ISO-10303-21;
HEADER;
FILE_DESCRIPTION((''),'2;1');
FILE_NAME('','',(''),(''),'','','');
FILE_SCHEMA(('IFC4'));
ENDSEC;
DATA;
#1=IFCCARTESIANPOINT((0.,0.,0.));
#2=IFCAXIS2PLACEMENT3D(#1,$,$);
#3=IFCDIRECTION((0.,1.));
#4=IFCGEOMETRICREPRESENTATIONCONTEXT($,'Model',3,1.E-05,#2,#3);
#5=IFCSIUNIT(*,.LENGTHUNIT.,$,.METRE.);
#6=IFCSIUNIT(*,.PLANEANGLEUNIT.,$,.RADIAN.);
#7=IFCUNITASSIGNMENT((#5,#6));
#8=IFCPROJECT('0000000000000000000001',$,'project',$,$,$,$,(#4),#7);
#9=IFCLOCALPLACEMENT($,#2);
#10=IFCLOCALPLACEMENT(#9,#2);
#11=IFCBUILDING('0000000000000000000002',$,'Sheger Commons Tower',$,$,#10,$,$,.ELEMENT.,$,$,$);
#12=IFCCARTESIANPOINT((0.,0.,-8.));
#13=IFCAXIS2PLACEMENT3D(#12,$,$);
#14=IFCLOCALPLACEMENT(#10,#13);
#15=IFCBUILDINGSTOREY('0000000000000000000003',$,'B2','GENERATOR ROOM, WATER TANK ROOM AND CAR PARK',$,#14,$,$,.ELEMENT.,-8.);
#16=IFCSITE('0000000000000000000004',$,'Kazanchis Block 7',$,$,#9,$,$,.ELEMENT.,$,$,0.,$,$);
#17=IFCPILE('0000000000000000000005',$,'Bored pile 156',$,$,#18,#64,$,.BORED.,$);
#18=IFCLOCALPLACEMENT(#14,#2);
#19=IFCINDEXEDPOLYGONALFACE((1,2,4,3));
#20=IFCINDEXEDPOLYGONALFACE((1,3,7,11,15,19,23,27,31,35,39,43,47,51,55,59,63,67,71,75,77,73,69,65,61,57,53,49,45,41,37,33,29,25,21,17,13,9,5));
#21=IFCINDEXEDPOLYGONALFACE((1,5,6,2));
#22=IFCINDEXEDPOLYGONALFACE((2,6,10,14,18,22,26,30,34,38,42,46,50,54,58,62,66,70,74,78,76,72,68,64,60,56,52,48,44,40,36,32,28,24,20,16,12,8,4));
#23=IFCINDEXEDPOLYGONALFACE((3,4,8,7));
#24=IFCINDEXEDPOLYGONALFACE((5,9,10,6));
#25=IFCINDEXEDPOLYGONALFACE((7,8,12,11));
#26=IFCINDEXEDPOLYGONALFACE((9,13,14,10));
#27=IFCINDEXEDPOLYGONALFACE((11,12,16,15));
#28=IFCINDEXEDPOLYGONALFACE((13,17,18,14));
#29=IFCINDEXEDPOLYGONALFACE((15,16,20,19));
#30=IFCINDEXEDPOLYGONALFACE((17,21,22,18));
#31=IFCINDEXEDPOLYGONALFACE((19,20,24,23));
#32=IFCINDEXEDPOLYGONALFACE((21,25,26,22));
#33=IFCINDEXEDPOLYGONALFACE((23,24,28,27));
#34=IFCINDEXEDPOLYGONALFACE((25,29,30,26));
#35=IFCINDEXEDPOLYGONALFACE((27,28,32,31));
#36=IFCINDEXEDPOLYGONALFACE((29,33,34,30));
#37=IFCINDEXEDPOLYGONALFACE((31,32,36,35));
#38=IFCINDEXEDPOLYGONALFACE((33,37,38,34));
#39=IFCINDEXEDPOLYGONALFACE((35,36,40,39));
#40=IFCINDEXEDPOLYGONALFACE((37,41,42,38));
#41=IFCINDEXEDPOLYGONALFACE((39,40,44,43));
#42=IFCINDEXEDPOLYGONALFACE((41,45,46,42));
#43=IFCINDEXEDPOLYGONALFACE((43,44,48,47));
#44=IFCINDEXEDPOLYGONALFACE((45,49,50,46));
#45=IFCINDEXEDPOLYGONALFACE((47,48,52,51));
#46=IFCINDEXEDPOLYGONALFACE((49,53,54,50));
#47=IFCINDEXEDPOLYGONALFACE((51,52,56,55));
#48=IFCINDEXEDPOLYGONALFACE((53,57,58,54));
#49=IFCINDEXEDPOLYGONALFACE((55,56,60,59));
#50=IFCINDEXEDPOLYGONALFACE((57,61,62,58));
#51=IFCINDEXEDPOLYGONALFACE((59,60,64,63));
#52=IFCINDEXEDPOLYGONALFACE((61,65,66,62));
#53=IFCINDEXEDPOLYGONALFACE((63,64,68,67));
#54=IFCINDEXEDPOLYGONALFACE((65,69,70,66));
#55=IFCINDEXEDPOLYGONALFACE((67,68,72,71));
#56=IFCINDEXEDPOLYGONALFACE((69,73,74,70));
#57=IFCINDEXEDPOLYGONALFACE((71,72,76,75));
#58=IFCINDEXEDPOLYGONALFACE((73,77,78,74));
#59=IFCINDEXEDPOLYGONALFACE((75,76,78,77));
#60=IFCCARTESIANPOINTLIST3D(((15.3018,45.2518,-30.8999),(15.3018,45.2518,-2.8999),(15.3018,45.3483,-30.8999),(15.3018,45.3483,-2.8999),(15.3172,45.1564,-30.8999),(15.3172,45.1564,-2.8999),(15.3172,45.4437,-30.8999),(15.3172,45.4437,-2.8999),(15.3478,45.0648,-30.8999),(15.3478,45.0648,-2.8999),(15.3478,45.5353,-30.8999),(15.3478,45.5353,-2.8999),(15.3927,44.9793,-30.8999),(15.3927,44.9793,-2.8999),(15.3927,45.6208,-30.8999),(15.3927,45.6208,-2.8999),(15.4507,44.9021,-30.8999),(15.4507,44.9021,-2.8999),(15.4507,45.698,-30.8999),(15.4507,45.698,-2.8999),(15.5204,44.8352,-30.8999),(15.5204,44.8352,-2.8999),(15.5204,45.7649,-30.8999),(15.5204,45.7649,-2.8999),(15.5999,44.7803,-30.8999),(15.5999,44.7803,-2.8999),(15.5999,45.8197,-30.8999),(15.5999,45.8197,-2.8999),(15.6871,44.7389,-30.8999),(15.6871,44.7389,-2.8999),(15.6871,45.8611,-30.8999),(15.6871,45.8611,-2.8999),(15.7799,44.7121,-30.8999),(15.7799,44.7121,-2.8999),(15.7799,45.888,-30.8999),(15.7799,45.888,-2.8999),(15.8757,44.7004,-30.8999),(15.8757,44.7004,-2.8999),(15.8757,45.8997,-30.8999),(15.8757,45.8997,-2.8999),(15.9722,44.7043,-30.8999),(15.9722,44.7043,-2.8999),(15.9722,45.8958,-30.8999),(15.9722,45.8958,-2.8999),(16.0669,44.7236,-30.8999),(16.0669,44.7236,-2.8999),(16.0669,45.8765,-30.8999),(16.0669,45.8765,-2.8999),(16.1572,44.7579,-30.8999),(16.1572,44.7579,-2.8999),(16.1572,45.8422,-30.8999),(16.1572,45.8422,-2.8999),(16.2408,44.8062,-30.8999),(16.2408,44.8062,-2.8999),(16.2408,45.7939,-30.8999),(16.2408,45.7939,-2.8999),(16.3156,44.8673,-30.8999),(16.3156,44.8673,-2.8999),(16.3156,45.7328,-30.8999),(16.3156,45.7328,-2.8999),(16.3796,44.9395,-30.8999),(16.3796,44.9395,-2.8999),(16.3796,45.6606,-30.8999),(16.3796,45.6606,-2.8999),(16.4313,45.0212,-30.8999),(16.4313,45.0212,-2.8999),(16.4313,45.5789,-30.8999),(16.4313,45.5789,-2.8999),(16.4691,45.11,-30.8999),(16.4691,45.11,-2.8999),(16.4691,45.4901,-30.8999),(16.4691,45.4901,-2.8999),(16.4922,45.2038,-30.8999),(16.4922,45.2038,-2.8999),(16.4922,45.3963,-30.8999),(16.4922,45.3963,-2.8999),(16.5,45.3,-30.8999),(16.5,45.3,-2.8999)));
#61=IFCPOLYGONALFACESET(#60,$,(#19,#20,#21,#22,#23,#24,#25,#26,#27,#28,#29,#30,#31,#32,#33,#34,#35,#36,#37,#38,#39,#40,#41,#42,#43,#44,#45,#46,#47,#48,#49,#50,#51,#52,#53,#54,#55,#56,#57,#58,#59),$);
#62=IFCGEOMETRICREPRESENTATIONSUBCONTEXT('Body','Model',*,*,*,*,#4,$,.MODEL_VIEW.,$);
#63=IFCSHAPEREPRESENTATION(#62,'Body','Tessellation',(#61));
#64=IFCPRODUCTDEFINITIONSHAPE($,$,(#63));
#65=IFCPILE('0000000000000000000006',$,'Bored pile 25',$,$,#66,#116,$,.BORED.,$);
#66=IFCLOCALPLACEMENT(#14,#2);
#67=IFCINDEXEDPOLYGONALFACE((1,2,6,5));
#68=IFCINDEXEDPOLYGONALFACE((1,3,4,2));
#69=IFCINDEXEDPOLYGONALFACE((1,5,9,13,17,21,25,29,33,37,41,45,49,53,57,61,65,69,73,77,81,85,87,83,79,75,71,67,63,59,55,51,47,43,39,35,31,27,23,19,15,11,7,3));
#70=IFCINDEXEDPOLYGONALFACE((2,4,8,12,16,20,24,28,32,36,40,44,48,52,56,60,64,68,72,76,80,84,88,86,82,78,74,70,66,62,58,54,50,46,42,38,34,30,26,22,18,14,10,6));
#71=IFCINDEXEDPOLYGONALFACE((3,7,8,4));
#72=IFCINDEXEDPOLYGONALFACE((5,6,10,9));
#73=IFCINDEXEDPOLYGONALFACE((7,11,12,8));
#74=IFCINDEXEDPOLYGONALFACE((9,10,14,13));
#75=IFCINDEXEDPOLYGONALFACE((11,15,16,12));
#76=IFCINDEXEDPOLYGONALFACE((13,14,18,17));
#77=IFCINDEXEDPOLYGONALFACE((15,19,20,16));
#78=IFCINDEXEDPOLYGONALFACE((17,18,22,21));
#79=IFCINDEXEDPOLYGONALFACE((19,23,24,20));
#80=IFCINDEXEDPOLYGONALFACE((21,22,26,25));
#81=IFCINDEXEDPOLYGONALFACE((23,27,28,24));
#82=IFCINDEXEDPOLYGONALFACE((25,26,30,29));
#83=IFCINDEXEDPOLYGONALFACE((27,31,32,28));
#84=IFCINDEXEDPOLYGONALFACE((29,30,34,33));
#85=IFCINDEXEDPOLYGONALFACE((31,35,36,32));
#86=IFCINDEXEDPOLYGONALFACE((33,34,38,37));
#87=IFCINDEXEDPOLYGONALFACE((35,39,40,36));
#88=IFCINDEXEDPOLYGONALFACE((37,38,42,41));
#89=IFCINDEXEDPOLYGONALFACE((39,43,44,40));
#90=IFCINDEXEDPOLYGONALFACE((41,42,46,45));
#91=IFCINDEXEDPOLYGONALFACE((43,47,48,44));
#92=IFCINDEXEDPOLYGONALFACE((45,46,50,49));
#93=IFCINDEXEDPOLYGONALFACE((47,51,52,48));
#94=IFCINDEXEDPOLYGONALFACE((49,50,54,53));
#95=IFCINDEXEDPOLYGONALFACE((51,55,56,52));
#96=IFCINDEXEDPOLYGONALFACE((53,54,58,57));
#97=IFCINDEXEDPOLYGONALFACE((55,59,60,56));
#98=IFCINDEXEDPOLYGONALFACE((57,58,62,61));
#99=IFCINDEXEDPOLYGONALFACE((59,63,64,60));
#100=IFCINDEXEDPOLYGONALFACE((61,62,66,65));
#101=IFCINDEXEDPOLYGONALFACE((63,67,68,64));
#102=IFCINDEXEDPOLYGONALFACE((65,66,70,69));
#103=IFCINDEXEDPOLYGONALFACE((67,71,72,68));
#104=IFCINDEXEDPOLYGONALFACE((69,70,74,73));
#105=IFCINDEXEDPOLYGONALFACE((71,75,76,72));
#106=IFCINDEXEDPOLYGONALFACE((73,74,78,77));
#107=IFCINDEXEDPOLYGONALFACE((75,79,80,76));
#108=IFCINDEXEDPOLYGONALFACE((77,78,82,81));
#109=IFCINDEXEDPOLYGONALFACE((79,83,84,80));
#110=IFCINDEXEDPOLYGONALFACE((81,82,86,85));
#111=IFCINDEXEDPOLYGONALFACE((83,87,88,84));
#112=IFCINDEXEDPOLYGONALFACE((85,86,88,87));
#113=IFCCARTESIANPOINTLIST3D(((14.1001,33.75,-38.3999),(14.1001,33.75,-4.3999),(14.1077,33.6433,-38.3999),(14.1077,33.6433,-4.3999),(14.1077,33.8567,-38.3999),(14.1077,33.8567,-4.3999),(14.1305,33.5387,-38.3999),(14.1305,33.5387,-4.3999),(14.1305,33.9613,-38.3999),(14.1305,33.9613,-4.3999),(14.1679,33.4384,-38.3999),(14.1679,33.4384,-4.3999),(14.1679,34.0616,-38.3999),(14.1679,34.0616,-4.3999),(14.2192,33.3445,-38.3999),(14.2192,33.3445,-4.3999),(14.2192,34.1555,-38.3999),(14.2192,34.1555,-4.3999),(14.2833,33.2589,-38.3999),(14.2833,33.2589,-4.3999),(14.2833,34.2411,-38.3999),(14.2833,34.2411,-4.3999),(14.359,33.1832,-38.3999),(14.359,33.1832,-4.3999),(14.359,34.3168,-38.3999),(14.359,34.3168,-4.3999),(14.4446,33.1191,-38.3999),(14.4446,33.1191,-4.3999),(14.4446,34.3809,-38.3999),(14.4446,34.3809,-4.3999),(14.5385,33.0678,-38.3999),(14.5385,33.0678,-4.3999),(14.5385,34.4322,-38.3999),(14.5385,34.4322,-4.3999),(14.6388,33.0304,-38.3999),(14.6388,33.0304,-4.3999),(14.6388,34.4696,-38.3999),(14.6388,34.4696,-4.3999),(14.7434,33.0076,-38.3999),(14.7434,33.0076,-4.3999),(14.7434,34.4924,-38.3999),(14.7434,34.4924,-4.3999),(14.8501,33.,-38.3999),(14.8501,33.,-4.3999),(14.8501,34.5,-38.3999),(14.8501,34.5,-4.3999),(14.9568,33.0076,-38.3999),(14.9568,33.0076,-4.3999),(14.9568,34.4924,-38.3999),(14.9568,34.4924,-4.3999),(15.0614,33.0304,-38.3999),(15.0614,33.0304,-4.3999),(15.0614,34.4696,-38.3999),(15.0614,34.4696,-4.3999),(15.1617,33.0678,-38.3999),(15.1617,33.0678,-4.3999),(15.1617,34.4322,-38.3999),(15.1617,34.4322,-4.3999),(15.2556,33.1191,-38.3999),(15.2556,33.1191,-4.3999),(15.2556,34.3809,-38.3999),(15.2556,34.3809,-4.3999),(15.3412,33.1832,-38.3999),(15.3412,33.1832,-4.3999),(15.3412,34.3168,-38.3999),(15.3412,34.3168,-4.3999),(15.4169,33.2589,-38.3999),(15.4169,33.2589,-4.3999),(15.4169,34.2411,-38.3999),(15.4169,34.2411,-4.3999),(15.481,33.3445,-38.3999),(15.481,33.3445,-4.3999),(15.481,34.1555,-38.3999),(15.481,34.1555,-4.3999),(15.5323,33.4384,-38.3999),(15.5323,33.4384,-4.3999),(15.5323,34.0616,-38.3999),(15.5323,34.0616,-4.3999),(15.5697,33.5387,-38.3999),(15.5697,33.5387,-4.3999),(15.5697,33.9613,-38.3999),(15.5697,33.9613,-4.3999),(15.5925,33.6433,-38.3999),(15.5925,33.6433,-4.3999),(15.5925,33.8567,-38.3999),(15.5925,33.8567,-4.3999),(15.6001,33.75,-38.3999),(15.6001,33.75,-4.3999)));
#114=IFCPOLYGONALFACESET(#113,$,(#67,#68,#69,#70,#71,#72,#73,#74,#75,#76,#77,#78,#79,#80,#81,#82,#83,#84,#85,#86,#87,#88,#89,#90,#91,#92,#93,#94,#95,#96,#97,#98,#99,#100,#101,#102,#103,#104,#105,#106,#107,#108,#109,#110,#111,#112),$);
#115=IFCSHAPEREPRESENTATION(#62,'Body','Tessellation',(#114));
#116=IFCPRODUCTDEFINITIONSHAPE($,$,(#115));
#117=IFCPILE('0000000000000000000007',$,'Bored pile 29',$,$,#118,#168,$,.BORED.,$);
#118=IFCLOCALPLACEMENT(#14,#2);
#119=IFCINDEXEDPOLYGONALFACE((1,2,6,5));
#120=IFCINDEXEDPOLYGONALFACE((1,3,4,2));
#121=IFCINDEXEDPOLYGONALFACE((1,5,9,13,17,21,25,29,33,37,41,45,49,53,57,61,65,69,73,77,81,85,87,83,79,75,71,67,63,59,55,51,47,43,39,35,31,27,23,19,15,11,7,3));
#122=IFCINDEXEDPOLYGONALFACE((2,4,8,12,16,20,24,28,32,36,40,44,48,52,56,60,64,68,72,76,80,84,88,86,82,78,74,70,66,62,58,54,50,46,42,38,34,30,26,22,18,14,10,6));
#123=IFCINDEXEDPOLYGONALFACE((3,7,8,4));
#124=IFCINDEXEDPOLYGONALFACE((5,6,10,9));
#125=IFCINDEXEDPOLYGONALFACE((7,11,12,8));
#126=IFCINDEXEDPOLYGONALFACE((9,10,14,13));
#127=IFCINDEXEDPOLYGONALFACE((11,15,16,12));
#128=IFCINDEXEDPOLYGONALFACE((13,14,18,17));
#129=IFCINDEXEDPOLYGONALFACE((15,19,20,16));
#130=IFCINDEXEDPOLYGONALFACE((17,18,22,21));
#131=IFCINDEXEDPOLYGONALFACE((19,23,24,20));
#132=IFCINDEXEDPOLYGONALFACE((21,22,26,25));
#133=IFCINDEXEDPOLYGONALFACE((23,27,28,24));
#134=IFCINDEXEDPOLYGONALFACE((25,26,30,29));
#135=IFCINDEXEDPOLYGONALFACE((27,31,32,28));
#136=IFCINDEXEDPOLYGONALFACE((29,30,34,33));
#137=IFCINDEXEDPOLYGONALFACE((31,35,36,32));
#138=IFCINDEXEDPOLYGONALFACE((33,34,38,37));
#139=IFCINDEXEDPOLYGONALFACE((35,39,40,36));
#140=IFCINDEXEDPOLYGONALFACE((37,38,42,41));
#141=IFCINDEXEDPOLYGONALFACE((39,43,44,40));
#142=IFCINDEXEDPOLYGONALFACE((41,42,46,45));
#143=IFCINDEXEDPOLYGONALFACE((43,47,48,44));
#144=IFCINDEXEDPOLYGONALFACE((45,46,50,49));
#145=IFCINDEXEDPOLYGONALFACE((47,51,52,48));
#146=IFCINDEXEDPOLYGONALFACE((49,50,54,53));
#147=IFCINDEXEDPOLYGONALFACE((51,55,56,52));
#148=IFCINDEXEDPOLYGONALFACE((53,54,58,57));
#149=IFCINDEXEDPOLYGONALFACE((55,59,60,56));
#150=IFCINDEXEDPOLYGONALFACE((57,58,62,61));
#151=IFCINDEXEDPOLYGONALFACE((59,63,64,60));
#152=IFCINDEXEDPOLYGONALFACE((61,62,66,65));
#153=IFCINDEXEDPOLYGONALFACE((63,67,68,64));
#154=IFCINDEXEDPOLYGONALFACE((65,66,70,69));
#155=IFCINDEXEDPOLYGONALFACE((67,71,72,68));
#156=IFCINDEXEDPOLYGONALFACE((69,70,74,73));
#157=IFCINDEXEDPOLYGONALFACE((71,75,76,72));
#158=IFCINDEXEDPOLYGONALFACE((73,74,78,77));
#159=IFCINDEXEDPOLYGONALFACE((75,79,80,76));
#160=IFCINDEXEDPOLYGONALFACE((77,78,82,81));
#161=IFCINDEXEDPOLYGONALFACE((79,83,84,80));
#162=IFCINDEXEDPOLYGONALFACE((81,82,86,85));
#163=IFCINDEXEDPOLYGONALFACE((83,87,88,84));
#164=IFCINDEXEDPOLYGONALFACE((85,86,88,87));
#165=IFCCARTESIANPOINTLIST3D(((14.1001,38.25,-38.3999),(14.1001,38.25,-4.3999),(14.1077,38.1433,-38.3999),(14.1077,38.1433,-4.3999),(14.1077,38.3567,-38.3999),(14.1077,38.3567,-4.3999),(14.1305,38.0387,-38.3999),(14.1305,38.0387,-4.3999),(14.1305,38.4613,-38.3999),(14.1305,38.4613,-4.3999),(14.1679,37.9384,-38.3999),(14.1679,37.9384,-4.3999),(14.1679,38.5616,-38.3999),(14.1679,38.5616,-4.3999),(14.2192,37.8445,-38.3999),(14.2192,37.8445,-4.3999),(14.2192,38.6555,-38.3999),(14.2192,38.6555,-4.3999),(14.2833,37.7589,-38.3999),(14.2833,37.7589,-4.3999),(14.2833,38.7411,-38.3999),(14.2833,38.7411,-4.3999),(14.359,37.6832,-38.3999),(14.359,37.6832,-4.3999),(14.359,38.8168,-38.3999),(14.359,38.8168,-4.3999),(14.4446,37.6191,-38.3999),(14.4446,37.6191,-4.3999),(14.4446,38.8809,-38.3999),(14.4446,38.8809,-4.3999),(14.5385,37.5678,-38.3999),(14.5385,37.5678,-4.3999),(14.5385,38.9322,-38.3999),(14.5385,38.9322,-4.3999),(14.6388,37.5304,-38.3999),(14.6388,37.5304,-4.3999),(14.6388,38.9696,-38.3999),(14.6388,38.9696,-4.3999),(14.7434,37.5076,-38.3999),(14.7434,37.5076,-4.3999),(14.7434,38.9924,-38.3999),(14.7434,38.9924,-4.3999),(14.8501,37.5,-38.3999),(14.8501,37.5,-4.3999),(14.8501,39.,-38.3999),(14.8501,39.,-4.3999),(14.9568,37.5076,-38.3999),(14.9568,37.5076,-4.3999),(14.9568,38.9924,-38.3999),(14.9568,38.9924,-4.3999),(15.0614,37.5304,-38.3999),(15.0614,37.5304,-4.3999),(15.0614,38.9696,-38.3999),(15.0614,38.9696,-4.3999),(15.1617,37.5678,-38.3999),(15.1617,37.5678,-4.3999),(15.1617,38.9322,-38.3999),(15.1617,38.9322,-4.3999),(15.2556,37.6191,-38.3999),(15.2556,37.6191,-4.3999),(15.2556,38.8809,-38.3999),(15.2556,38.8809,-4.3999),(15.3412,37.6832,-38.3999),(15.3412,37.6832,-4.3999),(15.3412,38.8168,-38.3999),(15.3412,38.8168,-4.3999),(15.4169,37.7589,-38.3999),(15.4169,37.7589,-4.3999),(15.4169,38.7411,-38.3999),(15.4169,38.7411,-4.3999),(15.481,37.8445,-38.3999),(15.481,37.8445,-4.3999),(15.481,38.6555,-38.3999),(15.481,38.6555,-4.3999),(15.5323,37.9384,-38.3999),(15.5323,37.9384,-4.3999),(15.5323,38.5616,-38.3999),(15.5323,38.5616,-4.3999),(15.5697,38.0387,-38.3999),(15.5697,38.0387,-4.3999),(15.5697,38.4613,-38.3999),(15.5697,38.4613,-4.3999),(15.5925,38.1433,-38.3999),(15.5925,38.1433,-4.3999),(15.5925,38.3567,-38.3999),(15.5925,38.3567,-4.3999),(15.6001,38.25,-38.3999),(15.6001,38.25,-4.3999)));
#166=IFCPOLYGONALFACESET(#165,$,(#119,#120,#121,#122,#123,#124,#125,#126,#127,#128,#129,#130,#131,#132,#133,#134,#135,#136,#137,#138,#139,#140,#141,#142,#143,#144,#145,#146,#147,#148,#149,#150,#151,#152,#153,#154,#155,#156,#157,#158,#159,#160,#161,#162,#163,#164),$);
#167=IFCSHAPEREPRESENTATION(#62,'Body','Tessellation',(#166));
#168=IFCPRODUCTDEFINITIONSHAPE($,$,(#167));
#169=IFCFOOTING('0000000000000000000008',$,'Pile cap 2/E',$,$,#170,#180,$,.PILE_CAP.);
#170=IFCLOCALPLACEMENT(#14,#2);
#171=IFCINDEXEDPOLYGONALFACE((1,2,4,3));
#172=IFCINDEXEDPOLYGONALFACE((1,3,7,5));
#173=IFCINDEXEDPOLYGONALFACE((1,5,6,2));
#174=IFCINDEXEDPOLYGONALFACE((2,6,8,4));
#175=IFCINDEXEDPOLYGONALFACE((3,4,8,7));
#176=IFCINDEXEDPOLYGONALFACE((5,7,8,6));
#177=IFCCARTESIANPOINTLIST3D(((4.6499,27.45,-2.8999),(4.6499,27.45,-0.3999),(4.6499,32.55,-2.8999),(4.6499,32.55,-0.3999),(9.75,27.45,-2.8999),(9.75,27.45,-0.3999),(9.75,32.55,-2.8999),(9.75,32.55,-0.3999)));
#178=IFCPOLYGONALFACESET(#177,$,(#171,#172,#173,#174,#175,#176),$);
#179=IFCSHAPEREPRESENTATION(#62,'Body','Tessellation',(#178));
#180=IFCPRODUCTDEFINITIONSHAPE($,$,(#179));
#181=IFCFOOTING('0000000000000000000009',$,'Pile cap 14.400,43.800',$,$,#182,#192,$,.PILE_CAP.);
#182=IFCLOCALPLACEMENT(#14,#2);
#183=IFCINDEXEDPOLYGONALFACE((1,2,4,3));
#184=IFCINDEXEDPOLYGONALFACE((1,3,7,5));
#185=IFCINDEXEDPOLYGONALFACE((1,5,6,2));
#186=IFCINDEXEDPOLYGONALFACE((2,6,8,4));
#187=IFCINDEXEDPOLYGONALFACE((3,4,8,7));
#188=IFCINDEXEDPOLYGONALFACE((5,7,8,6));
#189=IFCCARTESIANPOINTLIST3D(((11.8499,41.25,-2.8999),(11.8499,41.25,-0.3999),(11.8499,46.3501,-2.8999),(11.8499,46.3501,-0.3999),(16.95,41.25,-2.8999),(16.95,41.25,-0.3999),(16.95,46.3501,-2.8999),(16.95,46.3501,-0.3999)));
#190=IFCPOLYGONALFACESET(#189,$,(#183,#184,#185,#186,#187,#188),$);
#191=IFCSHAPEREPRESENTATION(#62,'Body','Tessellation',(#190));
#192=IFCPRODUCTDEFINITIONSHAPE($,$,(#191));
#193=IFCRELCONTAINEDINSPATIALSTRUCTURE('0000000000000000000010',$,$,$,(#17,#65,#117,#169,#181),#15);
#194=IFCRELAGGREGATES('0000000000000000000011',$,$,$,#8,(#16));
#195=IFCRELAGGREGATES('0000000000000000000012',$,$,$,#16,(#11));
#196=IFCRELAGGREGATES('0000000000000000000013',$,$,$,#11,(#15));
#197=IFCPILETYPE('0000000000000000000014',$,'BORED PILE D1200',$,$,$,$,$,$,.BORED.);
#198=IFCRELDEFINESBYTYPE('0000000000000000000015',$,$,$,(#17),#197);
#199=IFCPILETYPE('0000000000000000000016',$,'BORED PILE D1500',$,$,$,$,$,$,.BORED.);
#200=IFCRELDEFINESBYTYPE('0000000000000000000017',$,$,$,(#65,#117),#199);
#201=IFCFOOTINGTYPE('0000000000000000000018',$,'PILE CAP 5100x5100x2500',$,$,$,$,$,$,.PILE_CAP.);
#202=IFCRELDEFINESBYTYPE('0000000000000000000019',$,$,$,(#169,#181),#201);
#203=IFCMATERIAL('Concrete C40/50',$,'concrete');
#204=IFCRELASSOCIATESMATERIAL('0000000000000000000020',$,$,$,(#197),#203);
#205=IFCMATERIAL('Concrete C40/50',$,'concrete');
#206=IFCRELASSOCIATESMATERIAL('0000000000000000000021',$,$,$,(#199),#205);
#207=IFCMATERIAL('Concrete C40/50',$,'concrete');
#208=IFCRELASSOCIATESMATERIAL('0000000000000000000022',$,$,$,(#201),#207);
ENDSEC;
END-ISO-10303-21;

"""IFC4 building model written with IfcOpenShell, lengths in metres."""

from ifc_helpers import new_model, si_unit, direction, frame, origin, origin_2d, place, context, subcontext, project, spatial, rectangle, circle, extrude, material, material_profile, profile_set, type_object, element, save


model = new_model("IFC4")

# Units and contexts
model_context = context("Model", 3, precision=1e-05, world=origin(), true_north=direction((0.0, 1.0)))
body_context = subcontext(model_context, "Body", "Model", "MODEL_VIEW")
ifc_project = project(units=[si_unit("LENGTHUNIT", "METRE"), si_unit("PLANEANGLEUNIT", "RADIAN")], contexts=[model_context])

# Site, building, storey
site_placement = place(None, origin())
site = spatial("IfcSite", under=ifc_project, at=site_placement, Name="Kazanchis Block 7", CompositionType="ELEMENT", RefElevation=0.0)
building_placement = place(site_placement, origin())
building = spatial("IfcBuilding", under=site, at=building_placement, Name="Sheger Commons Tower", CompositionType="ELEMENT")
storey_placement = place(building_placement, frame((0.0, 0.0, -8.0)))
storey = spatial("IfcBuildingStorey", under=building, at=storey_placement, Name="B2", Description="GENERATOR ROOM, WATER TANK ROOM AND CAR PARK", CompositionType="ELEMENT", Elevation=-8.0)

# Piles
ifc_material_1 = material(Name="Concrete C40/50", Category="concrete")
ifc_material_profile_1 = material_profile(ifc_material_1, circle(Radius=0.6001, at=origin_2d()), Name="PILE D1200")
ifc_profile_set_1 = profile_set([ifc_material_profile_1], Name="Concrete C40/50")
pile_type_1 = type_object("IfcPileType", Name="BORED PILE D1200", PredefinedType="BORED", material=ifc_profile_set_1)
for number, where, z_axis, x_axis, name in (
    (1, (15.8999, 45.3, -2.8999), (0.0, 0.0, -1.0), (1.0, 0.0, 0.0), "Bored pile 156"),
):
    element("IfcPile", number, at=place(storey_placement, frame(where, z_axis=z_axis, x_axis=x_axis)), inside=storey, type_object=pile_type_1, Name=name, PredefinedType="BORED", context=body_context, shape_type="SweptSolid", body=[
        extrude(circle(Radius=0.6001, at=origin_2d()), origin(), (0.0, 0.0, 1.0), 28.0),
    ])
ifc_material_2 = material(Name="Concrete C40/50", Category="concrete")
ifc_material_profile_2 = material_profile(ifc_material_2, circle(Radius=0.75, at=origin_2d()), Name="PILE D1500")
ifc_profile_set_2 = profile_set([ifc_material_profile_2], Name="Concrete C40/50")
pile_type_2 = type_object("IfcPileType", Name="BORED PILE D1500", PredefinedType="BORED", material=ifc_profile_set_2)
for number, where, z_axis, x_axis, name in (
    (2, (14.8501, 33.75, -4.3999), (0.0, 0.0, -1.0), (1.0, 0.0, 0.0), "Bored pile 25"),
    (3, (14.8501, 38.25, -4.3999), (0.0, 0.0, -1.0), (1.0, 0.0, 0.0), "Bored pile 29"),
):
    element("IfcPile", number, at=place(storey_placement, frame(where, z_axis=z_axis, x_axis=x_axis)), inside=storey, type_object=pile_type_2, Name=name, PredefinedType="BORED", context=body_context, shape_type="SweptSolid", body=[
        extrude(circle(Radius=0.75, at=origin_2d()), origin(), (0.0, 0.0, 1.0), 34.0),
    ])

# Footings
ifc_material_3 = material(Name="Concrete C40/50", Category="concrete")
footing_type = type_object("IfcFootingType", Name="PILE CAP 5100x5100x2500", PredefinedType="PILE_CAP", material=ifc_material_3)
for number, where, z_axis, x_axis, name in (
    (4, (7.2, 30.0, -2.8999), (0.0, 0.0, 1.0), (1.0, 0.0, 0.0), "Pile cap 2/E"),
    (5, (14.3999, 43.8, -2.8999), (0.0, 0.0, 1.0), (1.0, 0.0, 0.0), "Pile cap 14.400,43.800"),
):
    element("IfcFooting", number, at=place(storey_placement, frame(where, z_axis=z_axis, x_axis=x_axis)), inside=storey, type_object=footing_type, Name=name, PredefinedType="PILE_CAP", context=body_context, shape_type="SweptSolid", body=[
        extrude(rectangle(XDim=5.1001, YDim=5.1001, at=origin_2d()), origin(), (0.0, 0.0, 1.0), 2.5),
    ])

save(model, "model.ifc")
